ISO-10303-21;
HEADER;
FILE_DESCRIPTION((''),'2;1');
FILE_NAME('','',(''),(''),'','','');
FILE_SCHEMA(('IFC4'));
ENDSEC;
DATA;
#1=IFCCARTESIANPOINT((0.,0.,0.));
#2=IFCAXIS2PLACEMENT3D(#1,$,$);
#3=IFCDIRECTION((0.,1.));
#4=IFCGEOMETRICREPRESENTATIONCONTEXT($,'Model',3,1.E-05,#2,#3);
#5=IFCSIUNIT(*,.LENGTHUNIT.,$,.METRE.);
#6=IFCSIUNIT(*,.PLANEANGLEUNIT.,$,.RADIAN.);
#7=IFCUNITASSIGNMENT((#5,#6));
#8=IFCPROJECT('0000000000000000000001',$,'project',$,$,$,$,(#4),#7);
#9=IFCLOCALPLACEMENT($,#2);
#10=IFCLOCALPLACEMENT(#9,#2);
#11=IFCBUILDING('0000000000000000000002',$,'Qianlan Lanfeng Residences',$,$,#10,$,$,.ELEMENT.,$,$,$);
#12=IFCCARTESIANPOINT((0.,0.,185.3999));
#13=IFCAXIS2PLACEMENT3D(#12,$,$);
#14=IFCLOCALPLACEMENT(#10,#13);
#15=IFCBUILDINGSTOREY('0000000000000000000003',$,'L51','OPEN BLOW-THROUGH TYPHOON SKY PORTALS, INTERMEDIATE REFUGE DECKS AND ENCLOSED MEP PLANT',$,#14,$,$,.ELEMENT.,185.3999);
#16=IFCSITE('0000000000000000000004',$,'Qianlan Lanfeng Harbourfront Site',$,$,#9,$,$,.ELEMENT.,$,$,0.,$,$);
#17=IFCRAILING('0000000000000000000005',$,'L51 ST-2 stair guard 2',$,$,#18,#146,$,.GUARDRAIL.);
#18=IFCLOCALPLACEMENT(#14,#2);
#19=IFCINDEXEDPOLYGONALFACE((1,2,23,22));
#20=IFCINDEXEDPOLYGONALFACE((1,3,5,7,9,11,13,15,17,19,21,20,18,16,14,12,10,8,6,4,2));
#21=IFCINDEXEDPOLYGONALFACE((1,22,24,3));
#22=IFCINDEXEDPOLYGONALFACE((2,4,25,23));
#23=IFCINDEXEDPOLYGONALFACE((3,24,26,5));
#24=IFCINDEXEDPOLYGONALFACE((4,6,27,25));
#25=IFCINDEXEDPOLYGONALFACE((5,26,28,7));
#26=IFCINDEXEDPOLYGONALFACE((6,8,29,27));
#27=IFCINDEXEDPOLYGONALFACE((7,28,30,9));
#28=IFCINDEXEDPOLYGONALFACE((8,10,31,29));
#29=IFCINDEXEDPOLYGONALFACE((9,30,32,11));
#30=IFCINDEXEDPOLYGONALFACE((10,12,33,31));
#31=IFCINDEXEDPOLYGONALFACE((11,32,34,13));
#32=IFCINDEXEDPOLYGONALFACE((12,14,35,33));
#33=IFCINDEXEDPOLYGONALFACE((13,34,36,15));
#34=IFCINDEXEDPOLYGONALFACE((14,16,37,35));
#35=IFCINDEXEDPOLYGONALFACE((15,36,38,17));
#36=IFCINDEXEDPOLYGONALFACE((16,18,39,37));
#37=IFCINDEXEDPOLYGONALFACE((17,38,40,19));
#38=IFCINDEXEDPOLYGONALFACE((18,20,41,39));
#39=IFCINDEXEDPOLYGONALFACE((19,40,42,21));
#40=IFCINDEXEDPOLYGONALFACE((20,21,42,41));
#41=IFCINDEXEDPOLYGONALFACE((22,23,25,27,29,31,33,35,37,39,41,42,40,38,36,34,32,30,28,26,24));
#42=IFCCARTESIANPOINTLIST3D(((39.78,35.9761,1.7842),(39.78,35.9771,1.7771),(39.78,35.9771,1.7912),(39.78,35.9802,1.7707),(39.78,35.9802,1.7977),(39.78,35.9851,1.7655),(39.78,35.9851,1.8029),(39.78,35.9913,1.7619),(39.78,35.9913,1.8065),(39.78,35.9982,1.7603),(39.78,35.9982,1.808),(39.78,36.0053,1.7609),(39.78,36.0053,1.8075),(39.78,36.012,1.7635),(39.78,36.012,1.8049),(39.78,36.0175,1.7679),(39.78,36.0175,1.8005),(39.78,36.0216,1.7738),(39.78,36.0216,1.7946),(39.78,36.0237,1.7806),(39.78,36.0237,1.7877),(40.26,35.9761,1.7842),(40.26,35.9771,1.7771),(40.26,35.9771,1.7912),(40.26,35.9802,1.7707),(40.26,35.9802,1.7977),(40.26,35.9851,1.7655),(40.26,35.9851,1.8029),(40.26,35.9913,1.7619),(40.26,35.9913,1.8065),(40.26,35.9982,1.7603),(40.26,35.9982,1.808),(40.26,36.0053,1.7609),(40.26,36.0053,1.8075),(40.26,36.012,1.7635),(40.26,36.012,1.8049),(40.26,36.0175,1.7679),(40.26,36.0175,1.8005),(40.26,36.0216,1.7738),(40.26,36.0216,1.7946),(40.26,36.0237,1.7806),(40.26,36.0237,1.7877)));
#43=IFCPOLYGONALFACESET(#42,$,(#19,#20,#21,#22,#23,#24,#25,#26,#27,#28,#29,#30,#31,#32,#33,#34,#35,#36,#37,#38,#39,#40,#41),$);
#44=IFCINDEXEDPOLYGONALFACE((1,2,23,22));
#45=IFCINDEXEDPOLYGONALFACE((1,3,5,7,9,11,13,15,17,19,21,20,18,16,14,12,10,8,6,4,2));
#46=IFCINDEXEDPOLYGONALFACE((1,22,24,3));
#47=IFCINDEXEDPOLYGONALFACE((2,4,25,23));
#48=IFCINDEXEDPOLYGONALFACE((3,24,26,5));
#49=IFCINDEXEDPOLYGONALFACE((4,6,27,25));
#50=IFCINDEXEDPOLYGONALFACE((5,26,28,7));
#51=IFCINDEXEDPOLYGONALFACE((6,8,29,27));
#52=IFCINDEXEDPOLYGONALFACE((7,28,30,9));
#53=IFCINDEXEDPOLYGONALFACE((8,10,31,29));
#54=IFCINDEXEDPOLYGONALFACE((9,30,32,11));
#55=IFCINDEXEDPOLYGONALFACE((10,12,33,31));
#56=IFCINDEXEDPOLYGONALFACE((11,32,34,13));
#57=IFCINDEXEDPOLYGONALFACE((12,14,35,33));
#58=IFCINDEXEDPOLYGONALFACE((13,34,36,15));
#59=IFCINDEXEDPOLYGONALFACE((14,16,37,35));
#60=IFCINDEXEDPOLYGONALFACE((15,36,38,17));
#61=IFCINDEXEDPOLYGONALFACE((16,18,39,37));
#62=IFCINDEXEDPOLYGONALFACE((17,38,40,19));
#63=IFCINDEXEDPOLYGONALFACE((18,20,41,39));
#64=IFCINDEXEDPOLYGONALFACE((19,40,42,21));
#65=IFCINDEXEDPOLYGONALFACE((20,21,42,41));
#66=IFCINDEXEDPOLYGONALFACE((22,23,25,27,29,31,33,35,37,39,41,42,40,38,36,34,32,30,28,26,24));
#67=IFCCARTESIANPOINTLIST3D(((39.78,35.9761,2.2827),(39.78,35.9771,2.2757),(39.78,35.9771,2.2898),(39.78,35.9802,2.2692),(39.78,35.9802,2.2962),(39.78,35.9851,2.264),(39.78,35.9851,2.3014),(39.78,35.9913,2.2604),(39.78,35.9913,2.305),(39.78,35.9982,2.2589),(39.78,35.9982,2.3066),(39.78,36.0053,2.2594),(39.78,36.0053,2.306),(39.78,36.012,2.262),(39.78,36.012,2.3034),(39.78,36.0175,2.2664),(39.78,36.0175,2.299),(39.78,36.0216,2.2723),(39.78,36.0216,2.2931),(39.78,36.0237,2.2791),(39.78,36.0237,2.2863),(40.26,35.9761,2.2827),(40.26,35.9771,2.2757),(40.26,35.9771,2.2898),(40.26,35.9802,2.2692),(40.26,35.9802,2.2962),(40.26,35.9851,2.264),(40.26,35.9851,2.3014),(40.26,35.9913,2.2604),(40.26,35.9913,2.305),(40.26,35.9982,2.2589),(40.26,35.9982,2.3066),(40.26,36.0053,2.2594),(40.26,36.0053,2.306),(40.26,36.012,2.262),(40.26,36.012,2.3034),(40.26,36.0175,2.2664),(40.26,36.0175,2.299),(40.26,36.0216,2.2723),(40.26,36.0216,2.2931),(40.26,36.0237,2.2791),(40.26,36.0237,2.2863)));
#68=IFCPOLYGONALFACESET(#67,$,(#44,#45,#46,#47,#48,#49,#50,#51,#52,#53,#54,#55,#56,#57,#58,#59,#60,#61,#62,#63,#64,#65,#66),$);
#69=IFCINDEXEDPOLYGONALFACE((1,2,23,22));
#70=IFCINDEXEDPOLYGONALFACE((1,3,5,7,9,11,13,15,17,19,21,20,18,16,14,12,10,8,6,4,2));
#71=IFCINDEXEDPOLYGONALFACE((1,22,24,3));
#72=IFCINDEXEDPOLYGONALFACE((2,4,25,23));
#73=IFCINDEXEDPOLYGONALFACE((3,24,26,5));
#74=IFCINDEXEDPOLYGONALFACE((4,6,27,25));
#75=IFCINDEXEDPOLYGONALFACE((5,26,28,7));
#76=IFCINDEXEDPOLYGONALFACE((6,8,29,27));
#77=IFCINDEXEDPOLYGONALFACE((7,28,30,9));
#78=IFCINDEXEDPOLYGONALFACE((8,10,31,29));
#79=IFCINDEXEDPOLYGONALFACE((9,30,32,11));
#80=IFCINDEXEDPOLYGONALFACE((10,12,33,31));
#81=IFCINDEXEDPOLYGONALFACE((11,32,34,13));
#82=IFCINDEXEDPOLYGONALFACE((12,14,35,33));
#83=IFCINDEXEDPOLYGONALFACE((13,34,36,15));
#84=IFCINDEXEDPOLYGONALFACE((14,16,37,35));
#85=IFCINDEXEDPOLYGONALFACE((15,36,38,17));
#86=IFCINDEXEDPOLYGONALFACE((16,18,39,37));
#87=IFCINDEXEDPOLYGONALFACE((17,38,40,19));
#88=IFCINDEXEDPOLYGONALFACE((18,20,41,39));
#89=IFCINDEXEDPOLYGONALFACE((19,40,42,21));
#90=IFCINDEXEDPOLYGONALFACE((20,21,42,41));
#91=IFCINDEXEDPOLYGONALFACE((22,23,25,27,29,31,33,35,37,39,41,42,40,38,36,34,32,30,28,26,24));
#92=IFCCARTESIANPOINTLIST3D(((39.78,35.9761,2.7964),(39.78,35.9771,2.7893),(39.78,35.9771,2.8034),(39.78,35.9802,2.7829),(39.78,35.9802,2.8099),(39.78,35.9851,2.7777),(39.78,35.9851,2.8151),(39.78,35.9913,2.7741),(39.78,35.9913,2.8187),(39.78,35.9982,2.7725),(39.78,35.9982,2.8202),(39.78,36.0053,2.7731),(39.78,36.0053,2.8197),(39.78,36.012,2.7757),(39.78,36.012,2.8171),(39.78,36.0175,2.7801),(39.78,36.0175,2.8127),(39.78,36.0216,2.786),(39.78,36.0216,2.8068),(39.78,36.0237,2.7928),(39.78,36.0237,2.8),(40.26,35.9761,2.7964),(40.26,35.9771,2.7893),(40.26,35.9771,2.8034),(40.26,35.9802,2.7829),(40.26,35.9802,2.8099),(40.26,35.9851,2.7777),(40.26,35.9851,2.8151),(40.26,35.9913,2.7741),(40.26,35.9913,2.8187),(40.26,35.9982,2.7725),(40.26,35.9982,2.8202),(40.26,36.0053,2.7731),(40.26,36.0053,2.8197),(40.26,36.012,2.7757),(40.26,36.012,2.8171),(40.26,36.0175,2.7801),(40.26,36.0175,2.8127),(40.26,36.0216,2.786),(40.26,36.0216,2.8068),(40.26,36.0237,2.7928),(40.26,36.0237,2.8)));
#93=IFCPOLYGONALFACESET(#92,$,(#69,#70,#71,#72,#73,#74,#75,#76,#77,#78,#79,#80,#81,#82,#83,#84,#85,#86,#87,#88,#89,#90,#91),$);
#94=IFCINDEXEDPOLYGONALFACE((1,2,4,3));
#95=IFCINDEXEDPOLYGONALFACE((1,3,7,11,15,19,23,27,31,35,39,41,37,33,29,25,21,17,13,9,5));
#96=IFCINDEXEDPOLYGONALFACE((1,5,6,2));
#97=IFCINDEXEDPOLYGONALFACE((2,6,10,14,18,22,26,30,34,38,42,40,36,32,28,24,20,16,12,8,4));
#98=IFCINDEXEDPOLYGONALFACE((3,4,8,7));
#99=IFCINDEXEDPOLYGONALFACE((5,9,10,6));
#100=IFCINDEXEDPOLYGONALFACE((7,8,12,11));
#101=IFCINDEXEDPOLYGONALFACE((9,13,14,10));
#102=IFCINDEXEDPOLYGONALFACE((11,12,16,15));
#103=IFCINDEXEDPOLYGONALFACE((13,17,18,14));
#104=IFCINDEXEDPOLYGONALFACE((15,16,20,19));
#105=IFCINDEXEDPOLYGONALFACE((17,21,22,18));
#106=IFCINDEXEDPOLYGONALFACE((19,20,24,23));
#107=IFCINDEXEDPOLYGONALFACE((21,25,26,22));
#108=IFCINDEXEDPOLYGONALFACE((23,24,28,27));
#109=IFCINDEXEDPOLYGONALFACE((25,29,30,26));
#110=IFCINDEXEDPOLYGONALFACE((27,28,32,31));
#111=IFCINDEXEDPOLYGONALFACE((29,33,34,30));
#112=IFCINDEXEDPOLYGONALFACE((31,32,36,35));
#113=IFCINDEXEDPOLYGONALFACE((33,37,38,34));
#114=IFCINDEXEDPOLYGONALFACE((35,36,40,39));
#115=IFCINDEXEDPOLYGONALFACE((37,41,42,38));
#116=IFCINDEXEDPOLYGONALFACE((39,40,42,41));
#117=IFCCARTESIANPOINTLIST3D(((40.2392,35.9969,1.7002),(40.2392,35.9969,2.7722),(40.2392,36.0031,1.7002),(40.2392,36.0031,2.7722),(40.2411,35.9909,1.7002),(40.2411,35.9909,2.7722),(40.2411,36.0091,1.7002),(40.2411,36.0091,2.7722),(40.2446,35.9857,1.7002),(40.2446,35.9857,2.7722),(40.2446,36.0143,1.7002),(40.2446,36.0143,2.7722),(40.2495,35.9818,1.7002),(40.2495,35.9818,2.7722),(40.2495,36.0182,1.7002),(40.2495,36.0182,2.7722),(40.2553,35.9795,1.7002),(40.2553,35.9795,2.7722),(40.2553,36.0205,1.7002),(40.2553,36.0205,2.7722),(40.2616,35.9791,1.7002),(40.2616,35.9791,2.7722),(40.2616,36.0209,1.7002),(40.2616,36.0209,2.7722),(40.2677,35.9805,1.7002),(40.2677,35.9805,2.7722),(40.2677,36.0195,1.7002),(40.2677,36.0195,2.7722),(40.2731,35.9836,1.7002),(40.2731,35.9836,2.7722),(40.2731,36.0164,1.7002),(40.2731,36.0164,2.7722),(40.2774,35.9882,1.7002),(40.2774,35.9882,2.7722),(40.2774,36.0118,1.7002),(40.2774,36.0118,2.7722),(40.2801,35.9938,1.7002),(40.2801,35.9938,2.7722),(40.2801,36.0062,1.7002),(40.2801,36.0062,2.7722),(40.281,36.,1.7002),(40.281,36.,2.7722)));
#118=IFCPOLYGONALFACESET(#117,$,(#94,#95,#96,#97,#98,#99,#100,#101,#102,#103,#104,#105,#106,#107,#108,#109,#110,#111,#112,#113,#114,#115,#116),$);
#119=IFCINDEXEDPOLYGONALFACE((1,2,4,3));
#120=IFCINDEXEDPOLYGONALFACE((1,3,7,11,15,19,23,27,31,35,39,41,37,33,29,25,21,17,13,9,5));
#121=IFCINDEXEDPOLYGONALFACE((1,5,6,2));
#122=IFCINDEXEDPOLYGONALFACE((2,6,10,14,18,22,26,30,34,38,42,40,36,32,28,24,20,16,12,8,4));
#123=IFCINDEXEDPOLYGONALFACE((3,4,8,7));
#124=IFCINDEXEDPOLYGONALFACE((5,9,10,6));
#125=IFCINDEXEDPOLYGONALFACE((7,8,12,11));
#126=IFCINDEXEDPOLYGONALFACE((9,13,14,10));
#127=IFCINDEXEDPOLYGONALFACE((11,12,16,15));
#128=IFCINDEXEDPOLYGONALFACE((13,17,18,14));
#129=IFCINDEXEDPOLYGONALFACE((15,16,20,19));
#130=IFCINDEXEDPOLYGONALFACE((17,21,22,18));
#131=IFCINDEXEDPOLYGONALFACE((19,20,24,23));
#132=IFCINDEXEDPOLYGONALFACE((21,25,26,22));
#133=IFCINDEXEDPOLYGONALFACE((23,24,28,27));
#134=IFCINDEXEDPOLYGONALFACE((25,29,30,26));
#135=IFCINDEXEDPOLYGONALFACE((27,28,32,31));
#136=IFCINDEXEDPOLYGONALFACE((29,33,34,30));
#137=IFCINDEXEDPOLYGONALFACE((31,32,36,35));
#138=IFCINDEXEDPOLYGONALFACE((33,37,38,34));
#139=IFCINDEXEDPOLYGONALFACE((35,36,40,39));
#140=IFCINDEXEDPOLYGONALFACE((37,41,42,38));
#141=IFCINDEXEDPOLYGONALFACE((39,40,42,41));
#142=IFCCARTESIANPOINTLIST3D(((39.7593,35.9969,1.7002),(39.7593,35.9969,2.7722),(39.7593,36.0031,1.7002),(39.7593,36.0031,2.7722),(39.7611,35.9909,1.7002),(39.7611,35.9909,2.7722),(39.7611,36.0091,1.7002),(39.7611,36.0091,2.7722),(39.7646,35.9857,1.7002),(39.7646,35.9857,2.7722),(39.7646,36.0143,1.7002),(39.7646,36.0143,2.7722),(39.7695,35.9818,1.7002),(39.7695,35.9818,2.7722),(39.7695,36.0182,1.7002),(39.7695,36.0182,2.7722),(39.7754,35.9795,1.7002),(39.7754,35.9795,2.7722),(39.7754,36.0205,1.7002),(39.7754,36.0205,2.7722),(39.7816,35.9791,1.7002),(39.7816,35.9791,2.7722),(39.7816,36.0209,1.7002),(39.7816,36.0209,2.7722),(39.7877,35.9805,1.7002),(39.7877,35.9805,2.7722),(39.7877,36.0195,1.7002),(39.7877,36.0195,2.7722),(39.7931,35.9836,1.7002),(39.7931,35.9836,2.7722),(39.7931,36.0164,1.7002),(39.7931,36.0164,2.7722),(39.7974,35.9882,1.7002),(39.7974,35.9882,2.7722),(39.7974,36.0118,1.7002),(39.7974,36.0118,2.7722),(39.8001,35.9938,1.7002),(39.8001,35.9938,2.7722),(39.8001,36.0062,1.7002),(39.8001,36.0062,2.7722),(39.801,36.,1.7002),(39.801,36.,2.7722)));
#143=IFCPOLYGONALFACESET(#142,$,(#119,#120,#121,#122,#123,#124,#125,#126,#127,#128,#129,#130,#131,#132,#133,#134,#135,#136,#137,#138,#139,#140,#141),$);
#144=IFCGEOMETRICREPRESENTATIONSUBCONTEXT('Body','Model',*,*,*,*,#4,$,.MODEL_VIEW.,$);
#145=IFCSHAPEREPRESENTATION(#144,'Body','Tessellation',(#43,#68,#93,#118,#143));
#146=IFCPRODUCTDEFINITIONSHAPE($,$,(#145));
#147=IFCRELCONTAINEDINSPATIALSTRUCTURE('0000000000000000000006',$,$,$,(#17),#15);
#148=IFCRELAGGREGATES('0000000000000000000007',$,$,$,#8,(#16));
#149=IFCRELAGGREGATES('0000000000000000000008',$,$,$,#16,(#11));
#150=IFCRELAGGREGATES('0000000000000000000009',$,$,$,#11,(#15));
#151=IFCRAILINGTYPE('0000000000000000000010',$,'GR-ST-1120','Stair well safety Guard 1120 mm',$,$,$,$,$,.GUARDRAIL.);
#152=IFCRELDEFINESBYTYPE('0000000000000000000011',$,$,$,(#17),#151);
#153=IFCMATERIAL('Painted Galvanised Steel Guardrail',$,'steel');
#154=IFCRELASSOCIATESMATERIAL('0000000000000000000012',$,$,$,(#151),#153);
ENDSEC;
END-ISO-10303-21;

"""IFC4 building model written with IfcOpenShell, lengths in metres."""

from ifc_helpers import new_model, si_unit, direction, frame, origin, origin_2d, place, context, subcontext, project, spatial, circle, extrude, material, type_object, element, save


model = new_model("IFC4")

# Units and contexts
model_context = context("Model", 3, precision=1e-05, world=origin(), true_north=direction((0.0, 1.0)))
body_context = subcontext(model_context, "Body", "Model", "MODEL_VIEW")
ifc_project = project(units=[si_unit("LENGTHUNIT", "METRE"), si_unit("PLANEANGLEUNIT", "RADIAN")], contexts=[model_context])

# Site, building, storey
site_placement = place(None, origin())
site = spatial("IfcSite", under=ifc_project, at=site_placement, Name="Qianlan Lanfeng Harbourfront Site", CompositionType="ELEMENT", RefElevation=0.0)
building_placement = place(site_placement, origin())
building = spatial("IfcBuilding", under=site, at=building_placement, Name="Qianlan Lanfeng Residences", CompositionType="ELEMENT")
storey_placement = place(building_placement, frame((0.0, 0.0, 185.3999)))
storey = spatial("IfcBuildingStorey", under=building, at=storey_placement, Name="L51", Description="OPEN BLOW-THROUGH TYPHOON SKY PORTALS, INTERMEDIATE REFUGE DECKS AND ENCLOSED MEP PLANT", CompositionType="ELEMENT", Elevation=185.3999)

# Railing
ifc_material_1 = material(Name="Painted Galvanised Steel Guardrail", Category="steel")
railing_type_1 = type_object("IfcRailingType", Name="GR-ST-1120", Description="Stair well safety Guard 1120 mm", PredefinedType="GUARDRAIL", material=ifc_material_1)
for number, where, name in (
    (1, (40.26, 36.0, 1.7002), "L51 ST-2 stair guard 2"),
):
    element("IfcRailing", number, at=place(storey_placement, frame(where)), inside=storey, type_object=railing_type_1, Name=name, PredefinedType="GUARDRAIL", context=body_context, shape_type="SweptSolid", body=[
        extrude(circle(Radius=0.0239, at=origin_2d()), frame((0.0, 0.0, 0.084), z_axis=(-1.0, 0.0, 0.0), x_axis=(0.0, -1.0, 0.0)), (0.0, 0.0, 1.0), 0.48),
        extrude(circle(Radius=0.0239, at=origin_2d()), frame((0.0, 0.0, 0.5825), z_axis=(-1.0, 0.0, 0.0), x_axis=(0.0, -1.0, 0.0)), (0.0, 0.0, 1.0), 0.48),
        extrude(circle(Radius=0.0239, at=origin_2d()), frame((0.0, 0.0, 1.0962), z_axis=(-1.0, 0.0, 0.0), x_axis=(0.0, -1.0, 0.0)), (0.0, 0.0, 1.0), 0.48),
        extrude(circle(Radius=0.021, at=origin_2d()), origin(), (0.0, 0.0, 1.0), 1.072),
        extrude(circle(Radius=0.021, at=origin_2d()), frame((-0.48, 0.0, 0.0)), (0.0, 0.0, 1.0), 1.072),
    ])

save(model, "model.ifc")
